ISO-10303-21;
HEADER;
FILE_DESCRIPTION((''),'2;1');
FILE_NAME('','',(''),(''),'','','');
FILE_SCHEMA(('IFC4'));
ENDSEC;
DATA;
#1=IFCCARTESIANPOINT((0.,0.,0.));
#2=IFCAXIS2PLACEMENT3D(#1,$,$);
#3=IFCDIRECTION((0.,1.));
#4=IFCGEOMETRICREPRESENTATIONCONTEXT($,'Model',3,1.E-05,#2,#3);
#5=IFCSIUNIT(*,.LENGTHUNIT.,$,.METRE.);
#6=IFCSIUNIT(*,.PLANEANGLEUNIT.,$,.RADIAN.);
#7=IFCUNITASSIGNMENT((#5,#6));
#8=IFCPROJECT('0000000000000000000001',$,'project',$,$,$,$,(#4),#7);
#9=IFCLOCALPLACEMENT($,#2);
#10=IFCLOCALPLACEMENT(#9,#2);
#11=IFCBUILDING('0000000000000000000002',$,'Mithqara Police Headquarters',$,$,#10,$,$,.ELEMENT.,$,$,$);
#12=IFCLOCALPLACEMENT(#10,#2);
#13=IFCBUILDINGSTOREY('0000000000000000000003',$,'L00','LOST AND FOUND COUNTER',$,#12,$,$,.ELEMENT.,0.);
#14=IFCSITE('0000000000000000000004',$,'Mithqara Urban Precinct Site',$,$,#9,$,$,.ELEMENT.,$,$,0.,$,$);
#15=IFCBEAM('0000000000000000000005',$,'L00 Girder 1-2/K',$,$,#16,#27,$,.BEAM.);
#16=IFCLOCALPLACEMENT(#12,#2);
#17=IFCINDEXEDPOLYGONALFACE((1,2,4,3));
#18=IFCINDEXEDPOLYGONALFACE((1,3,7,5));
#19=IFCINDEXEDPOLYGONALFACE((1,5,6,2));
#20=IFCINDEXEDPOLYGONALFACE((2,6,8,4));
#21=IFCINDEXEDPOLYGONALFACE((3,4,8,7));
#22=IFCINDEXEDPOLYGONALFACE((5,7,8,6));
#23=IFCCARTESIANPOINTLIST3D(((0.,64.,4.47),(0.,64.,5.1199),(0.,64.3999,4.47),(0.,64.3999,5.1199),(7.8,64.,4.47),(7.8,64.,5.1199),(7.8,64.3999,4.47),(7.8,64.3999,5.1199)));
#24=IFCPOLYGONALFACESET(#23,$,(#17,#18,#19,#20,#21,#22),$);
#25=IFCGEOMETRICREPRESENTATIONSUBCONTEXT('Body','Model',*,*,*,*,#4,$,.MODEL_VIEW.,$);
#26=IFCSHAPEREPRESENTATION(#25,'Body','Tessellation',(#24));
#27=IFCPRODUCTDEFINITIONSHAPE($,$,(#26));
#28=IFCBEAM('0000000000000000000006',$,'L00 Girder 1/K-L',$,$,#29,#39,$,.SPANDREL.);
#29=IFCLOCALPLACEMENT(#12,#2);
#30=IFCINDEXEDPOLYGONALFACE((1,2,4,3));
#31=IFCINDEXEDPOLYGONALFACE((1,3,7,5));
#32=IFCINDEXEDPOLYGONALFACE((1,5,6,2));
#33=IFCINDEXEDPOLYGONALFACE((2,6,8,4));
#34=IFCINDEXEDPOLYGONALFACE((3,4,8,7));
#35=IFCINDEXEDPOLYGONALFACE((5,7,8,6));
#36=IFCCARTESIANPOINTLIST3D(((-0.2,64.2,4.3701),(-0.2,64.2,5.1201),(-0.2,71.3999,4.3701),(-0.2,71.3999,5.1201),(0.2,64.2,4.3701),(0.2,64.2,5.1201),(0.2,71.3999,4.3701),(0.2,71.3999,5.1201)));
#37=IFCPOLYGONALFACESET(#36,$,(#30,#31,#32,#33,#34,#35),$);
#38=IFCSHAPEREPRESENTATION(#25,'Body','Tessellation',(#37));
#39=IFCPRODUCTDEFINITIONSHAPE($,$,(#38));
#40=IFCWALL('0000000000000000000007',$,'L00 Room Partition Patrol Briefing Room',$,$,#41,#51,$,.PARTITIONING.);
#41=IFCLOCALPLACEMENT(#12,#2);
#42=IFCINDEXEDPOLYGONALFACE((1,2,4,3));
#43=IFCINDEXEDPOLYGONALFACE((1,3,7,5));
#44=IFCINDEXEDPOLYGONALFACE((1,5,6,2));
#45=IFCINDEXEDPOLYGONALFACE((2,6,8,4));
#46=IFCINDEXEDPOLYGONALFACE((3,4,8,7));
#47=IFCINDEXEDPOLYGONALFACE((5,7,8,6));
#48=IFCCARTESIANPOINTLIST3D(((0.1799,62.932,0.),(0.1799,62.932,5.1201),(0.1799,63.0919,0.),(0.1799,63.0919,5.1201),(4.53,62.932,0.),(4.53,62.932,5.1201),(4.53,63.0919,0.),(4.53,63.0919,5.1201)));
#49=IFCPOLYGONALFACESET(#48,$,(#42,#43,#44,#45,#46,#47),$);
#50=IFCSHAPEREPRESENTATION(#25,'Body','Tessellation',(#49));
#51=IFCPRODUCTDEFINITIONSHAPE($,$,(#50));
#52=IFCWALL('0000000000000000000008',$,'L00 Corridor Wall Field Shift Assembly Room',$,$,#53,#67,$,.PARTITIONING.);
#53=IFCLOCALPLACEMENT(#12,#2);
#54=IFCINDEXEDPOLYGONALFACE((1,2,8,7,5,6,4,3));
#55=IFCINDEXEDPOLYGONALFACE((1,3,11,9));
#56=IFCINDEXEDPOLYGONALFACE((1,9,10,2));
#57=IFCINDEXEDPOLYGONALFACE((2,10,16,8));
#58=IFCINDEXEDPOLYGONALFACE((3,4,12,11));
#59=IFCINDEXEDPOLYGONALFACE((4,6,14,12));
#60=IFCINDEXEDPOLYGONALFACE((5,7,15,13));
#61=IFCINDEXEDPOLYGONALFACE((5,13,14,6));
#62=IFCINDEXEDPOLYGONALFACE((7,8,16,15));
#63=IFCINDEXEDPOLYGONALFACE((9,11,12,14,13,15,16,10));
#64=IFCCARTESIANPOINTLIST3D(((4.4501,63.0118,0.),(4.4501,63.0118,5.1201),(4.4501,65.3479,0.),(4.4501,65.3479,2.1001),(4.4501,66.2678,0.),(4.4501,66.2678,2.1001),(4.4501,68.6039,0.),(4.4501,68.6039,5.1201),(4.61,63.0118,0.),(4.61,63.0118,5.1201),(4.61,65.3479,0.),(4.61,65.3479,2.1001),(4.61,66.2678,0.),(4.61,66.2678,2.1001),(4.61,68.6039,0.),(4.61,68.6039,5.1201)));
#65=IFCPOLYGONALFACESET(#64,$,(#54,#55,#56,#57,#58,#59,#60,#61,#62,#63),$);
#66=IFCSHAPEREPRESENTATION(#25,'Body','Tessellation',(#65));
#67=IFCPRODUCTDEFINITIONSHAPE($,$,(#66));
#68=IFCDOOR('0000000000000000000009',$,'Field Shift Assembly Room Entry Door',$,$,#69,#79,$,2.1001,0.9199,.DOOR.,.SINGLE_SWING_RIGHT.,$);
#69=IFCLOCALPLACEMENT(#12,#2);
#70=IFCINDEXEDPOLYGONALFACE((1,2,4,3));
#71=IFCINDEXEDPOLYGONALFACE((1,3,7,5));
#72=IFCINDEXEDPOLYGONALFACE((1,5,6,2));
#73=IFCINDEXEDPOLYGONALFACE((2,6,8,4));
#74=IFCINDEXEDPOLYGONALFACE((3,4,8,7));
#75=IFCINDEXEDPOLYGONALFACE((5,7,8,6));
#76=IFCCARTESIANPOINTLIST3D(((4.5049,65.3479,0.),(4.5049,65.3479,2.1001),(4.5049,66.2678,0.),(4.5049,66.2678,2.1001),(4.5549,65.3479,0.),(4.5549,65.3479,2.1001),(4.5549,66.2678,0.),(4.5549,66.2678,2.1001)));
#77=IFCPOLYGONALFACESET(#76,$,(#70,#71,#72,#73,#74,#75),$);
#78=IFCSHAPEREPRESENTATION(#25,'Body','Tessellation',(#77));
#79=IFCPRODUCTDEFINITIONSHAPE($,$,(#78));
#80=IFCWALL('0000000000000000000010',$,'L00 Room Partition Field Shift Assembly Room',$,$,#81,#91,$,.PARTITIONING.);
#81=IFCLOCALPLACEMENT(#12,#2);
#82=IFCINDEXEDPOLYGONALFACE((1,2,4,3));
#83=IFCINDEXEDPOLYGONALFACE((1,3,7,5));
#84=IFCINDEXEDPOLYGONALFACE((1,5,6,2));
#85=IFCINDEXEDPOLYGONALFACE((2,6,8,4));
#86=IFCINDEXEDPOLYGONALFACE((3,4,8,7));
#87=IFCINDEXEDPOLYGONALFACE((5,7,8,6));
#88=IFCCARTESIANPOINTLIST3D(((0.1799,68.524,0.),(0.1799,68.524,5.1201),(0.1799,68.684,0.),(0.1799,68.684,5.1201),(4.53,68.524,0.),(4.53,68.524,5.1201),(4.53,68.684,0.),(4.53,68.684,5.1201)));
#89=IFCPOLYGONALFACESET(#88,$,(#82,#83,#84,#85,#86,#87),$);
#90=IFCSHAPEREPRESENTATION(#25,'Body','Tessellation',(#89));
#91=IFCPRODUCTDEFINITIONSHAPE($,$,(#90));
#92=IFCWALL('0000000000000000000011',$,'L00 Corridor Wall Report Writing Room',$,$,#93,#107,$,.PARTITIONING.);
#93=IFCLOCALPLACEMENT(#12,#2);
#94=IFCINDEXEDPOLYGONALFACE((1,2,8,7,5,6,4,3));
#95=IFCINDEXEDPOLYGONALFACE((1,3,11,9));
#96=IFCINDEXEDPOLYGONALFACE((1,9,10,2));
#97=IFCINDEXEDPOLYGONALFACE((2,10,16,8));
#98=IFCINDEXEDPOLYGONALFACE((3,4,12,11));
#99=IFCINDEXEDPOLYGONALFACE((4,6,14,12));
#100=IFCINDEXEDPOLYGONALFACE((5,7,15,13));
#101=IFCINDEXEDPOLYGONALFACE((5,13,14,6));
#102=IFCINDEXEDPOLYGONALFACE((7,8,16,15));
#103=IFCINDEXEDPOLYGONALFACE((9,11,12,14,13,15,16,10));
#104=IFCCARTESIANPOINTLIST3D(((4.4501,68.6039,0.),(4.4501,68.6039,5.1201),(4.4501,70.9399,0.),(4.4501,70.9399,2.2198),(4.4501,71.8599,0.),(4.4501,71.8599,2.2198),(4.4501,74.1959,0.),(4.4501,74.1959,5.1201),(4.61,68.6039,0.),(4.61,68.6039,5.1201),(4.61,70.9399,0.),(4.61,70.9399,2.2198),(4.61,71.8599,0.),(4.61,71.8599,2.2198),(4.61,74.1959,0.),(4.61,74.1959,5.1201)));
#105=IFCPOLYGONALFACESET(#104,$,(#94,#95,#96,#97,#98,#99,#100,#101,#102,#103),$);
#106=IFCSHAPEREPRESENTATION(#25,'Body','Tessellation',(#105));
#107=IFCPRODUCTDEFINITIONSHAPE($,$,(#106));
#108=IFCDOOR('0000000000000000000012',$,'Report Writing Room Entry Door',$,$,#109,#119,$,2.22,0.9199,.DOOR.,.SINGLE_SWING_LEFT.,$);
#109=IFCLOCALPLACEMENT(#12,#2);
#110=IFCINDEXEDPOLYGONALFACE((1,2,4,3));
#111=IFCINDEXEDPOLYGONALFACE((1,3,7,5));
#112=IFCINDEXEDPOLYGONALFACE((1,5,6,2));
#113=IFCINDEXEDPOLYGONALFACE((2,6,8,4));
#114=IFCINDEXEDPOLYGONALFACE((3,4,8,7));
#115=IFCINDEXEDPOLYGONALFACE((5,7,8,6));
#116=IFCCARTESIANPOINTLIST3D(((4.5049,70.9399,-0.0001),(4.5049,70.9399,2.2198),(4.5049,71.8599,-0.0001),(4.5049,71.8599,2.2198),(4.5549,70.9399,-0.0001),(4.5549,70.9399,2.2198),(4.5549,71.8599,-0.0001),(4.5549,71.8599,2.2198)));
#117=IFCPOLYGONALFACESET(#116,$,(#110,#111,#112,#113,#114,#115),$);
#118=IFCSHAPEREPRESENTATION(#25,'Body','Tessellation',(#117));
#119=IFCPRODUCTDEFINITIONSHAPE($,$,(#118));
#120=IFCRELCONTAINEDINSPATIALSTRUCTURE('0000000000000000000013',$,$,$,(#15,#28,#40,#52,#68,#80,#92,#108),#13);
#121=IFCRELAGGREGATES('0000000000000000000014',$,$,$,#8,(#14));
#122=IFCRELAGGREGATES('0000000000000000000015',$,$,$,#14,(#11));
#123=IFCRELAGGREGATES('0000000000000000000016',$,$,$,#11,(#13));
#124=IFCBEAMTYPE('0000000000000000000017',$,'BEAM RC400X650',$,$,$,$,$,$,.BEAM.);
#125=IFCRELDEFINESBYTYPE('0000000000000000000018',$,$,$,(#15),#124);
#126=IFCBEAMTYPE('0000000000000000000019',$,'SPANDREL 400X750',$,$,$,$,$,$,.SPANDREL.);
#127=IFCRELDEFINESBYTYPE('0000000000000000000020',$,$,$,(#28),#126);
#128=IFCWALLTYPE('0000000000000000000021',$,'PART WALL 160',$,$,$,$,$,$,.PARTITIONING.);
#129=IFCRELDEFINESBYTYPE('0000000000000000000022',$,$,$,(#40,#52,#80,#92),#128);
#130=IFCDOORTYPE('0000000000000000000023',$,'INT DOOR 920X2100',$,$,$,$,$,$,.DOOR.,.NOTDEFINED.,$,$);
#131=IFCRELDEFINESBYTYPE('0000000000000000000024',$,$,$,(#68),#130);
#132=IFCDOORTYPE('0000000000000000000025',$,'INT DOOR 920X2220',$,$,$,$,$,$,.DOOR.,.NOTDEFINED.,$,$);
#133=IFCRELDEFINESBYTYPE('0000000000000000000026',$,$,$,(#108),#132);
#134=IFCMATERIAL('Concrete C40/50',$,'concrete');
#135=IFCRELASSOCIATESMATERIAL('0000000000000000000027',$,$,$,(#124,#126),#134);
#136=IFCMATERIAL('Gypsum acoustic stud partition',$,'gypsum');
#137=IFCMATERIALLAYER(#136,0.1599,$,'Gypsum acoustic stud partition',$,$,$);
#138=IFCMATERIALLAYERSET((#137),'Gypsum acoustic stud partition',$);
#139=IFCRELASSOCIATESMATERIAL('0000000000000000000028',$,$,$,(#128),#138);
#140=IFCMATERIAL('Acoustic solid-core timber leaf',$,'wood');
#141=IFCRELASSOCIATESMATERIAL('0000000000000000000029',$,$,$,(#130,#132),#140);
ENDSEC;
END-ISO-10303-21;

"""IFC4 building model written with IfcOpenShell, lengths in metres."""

from ifc_helpers import new_model, si_unit, direction, frame, frame_2d, origin, origin_2d, place, context, subcontext, project, spatial, rectangle, extrude, material, layer, layer_set, material_profile, profile_set, type_object, element, fill, save


model = new_model("IFC4")

# Units and contexts
model_context = context("Model", 3, precision=1e-05, world=origin(), true_north=direction((0.0, 1.0)))
body_context = subcontext(model_context, "Body", "Model", "MODEL_VIEW")
ifc_project = project(units=[si_unit("LENGTHUNIT", "METRE"), si_unit("PLANEANGLEUNIT", "RADIAN")], contexts=[model_context])

# Site, building, storey
site_placement = place(None, origin())
site = spatial("IfcSite", under=ifc_project, at=site_placement, Name="Mithqara Urban Precinct Site", CompositionType="ELEMENT", RefElevation=0.0)
building_placement = place(site_placement, origin())
building = spatial("IfcBuilding", under=site, at=building_placement, Name="Mithqara Police Headquarters", CompositionType="ELEMENT")
storey_placement = place(building_placement, origin())
storey = spatial("IfcBuildingStorey", under=building, at=storey_placement, Name="L00", Description="LOST AND FOUND COUNTER", CompositionType="ELEMENT", Elevation=0.0)

# Shared definitions
ifc_material_1 = material(Name="Concrete C40/50", Category="concrete")

# Beams
ifc_material_profile_1 = material_profile(ifc_material_1, rectangle(XDim=0.3999, YDim=0.6499, at=origin_2d()), Name="RC 400x650")
ifc_profile_set_1 = profile_set([ifc_material_profile_1], Name="Concrete C40/50")
beam_type_1 = type_object("IfcBeamType", Name="BEAM RC400X650", PredefinedType="BEAM", material=ifc_profile_set_1)
beam_1_placement = place(storey_placement, frame((0.0, 64.2, 4.7949), z_axis=(1.0, 0.0, 0.0), x_axis=(0.0, 1.0, 0.0)))
element("IfcBeam", 1, at=beam_1_placement, inside=storey, type_object=beam_type_1, Name="L00 Girder 1-2/K", PredefinedType="BEAM", context=body_context, shape_type="SweptSolid", body=[
    extrude(rectangle(XDim=0.3999, YDim=0.6499, at=origin_2d()), origin(), (0.0, 0.0, 1.0), 7.8),
])
ifc_material_profile_2 = material_profile(ifc_material_1, rectangle(XDim=0.3999, YDim=0.75, at=origin_2d()), Name="SPB 400x750")
ifc_profile_set_2 = profile_set([ifc_material_profile_2], Name="Concrete C40/50")
beam_type_2 = type_object("IfcBeamType", Name="SPANDREL 400X750", PredefinedType="SPANDREL", material=ifc_profile_set_2)
beam_2_placement = place(storey_placement, frame((0.0, 64.2, 4.7451), z_axis=(0.0, 1.0, 0.0), x_axis=(-1.0, 0.0, 0.0)))
element("IfcBeam", 2, at=beam_2_placement, inside=storey, type_object=beam_type_2, Name="L00 Girder 1/K-L", PredefinedType="SPANDREL", context=body_context, shape_type="SweptSolid", body=[
    extrude(rectangle(XDim=0.3999, YDim=0.75, at=origin_2d()), origin(), (0.0, 0.0, 1.0), 7.2),
])

# Wall
ifc_material_2 = material(Name="Gypsum acoustic stud partition", Category="gypsum")
ifc_layer = layer(ifc_material_2, 0.1599, Name="Gypsum acoustic stud partition")
ifc_layer_set = layer_set([ifc_layer], Name="Gypsum acoustic stud partition")
wall_type = type_object("IfcWallType", Name="PART WALL 160", PredefinedType="PARTITIONING", material=ifc_layer_set)
wall_1_placement = place(storey_placement, frame((0.1799, 63.012, 0.0), z_axis=(0.0, 0.0, 1.0), x_axis=(1.0, 0.0, 0.0)))
element("IfcWall", 3, at=wall_1_placement, inside=storey, type_object=wall_type, Name="L00 Room Partition Patrol Briefing Room", PredefinedType="PARTITIONING", context=body_context, shape_type="SweptSolid", body=[
    extrude(rectangle(XDim=4.3501, YDim=0.1599, at=frame_2d((2.175, 0.0))), origin(), (0.0, 0.0, 1.0), 5.1201),
])

# Wall, opening, door
wall_2_placement = place(storey_placement, frame((4.53, 63.012, 0.0), z_axis=(0.0, 0.0, 1.0), x_axis=(0.0, 1.0, 0.0)))
wall_2 = element("IfcWall", 4, at=wall_2_placement, inside=storey, type_object=wall_type, Name="L00 Corridor Wall Field Shift Assembly Room", PredefinedType="PARTITIONING", context=body_context, shape_type="SweptSolid", body=[
    extrude(rectangle(XDim=5.592, YDim=0.1599, at=frame_2d((2.7959, 0.0))), origin(), (0.0, 0.0, 1.0), 5.1201),
])
opening_1_placement = place(wall_2_placement, frame((2.3359, 0.0, 0.0)))
opening_1 = element("IfcOpeningElement", 5, at=opening_1_placement, cuts=wall_2, PredefinedType="OPENING", context=body_context, shape_type="SweptSolid", body=[
    extrude(rectangle(XDim=0.9199, YDim=2.1001, at=frame_2d((0.46, 1.05))), frame((0.0, 0.0898, 0.0), z_axis=(0.0, -1.0, 0.0), x_axis=(1.0, 0.0, 0.0)), (0.0, 0.0, 1.0), 0.1799),
])
ifc_material_3 = material(Name="Acoustic solid-core timber leaf", Category="wood")
door_type_1 = type_object("IfcDoorType", Name="INT DOOR 920X2100", OperationType="NOTDEFINED", PredefinedType="DOOR", material=ifc_material_3)
door_1_placement = place(opening_1_placement, frame((0.9199, 0.0, 0.0), z_axis=(0.0, 0.0, 1.0), x_axis=(-1.0, 0.0, 0.0)))
door_1 = element("IfcDoor", 6, at=door_1_placement, inside=storey, type_object=door_type_1, Name="Field Shift Assembly Room Entry Door", OperationType="SINGLE_SWING_RIGHT", OverallHeight=2.1001, OverallWidth=0.9199, PredefinedType="DOOR", context=body_context, shape_type="SweptSolid", body=[
    extrude(rectangle(XDim=0.9199, YDim=2.1001, at=frame_2d((0.46, 1.05))), frame((0.0, 0.0249, 0.0), z_axis=(0.0, -1.0, 0.0), x_axis=(1.0, 0.0, 0.0)), (0.0, 0.0, 1.0), 0.05),
])
fill(opening_1, door_1)

# Wall
wall_3_placement = place(storey_placement, frame((0.1799, 68.604, 0.0), z_axis=(0.0, 0.0, 1.0), x_axis=(1.0, 0.0, 0.0)))
element("IfcWall", 7, at=wall_3_placement, inside=storey, type_object=wall_type, Name="L00 Room Partition Field Shift Assembly Room", PredefinedType="PARTITIONING", context=body_context, shape_type="SweptSolid", body=[
    extrude(rectangle(XDim=4.3501, YDim=0.1599, at=frame_2d((2.175, 0.0))), origin(), (0.0, 0.0, 1.0), 5.1201),
])

# Wall, opening, door
wall_4_placement = place(storey_placement, frame((4.53, 68.604, 0.0), z_axis=(0.0, 0.0, 1.0), x_axis=(0.0, 1.0, 0.0)))
wall_4 = element("IfcWall", 8, at=wall_4_placement, inside=storey, type_object=wall_type, Name="L00 Corridor Wall Report Writing Room", PredefinedType="PARTITIONING", context=body_context, shape_type="SweptSolid", body=[
    extrude(rectangle(XDim=5.592, YDim=0.1599, at=frame_2d((2.7959, 0.0))), origin(), (0.0, 0.0, 1.0), 5.1201),
])
opening_2_placement = place(wall_4_placement, frame((2.3359, 0.0, 0.0)))
opening_2 = element("IfcOpeningElement", 9, at=opening_2_placement, cuts=wall_4, PredefinedType="OPENING", context=body_context, shape_type="SweptSolid", body=[
    extrude(rectangle(XDim=0.9199, YDim=2.22, at=frame_2d((0.46, 1.1099))), frame((0.0, 0.0898, 0.0), z_axis=(0.0, -1.0, 0.0), x_axis=(1.0, 0.0, 0.0)), (0.0, 0.0, 1.0), 0.1799),
])
door_type_2 = type_object("IfcDoorType", Name="INT DOOR 920X2220", OperationType="NOTDEFINED", PredefinedType="DOOR", material=ifc_material_3)
door_2_placement = place(opening_2_placement, frame((0.9199, 0.0, 0.0), z_axis=(0.0, 0.0, 1.0), x_axis=(-1.0, 0.0, 0.0)))
door_2 = element("IfcDoor", 10, at=door_2_placement, inside=storey, type_object=door_type_2, Name="Report Writing Room Entry Door", OperationType="SINGLE_SWING_LEFT", OverallHeight=2.22, OverallWidth=0.9199, PredefinedType="DOOR", context=body_context, shape_type="SweptSolid", body=[
    extrude(rectangle(XDim=0.9199, YDim=2.22, at=frame_2d((0.46, 1.1099))), frame((0.0, 0.0249, 0.0), z_axis=(0.0, -1.0, 0.0), x_axis=(1.0, 0.0, 0.0)), (0.0, 0.0, 1.0), 0.05),
])
fill(opening_2, door_2)

save(model, "model.ifc")
